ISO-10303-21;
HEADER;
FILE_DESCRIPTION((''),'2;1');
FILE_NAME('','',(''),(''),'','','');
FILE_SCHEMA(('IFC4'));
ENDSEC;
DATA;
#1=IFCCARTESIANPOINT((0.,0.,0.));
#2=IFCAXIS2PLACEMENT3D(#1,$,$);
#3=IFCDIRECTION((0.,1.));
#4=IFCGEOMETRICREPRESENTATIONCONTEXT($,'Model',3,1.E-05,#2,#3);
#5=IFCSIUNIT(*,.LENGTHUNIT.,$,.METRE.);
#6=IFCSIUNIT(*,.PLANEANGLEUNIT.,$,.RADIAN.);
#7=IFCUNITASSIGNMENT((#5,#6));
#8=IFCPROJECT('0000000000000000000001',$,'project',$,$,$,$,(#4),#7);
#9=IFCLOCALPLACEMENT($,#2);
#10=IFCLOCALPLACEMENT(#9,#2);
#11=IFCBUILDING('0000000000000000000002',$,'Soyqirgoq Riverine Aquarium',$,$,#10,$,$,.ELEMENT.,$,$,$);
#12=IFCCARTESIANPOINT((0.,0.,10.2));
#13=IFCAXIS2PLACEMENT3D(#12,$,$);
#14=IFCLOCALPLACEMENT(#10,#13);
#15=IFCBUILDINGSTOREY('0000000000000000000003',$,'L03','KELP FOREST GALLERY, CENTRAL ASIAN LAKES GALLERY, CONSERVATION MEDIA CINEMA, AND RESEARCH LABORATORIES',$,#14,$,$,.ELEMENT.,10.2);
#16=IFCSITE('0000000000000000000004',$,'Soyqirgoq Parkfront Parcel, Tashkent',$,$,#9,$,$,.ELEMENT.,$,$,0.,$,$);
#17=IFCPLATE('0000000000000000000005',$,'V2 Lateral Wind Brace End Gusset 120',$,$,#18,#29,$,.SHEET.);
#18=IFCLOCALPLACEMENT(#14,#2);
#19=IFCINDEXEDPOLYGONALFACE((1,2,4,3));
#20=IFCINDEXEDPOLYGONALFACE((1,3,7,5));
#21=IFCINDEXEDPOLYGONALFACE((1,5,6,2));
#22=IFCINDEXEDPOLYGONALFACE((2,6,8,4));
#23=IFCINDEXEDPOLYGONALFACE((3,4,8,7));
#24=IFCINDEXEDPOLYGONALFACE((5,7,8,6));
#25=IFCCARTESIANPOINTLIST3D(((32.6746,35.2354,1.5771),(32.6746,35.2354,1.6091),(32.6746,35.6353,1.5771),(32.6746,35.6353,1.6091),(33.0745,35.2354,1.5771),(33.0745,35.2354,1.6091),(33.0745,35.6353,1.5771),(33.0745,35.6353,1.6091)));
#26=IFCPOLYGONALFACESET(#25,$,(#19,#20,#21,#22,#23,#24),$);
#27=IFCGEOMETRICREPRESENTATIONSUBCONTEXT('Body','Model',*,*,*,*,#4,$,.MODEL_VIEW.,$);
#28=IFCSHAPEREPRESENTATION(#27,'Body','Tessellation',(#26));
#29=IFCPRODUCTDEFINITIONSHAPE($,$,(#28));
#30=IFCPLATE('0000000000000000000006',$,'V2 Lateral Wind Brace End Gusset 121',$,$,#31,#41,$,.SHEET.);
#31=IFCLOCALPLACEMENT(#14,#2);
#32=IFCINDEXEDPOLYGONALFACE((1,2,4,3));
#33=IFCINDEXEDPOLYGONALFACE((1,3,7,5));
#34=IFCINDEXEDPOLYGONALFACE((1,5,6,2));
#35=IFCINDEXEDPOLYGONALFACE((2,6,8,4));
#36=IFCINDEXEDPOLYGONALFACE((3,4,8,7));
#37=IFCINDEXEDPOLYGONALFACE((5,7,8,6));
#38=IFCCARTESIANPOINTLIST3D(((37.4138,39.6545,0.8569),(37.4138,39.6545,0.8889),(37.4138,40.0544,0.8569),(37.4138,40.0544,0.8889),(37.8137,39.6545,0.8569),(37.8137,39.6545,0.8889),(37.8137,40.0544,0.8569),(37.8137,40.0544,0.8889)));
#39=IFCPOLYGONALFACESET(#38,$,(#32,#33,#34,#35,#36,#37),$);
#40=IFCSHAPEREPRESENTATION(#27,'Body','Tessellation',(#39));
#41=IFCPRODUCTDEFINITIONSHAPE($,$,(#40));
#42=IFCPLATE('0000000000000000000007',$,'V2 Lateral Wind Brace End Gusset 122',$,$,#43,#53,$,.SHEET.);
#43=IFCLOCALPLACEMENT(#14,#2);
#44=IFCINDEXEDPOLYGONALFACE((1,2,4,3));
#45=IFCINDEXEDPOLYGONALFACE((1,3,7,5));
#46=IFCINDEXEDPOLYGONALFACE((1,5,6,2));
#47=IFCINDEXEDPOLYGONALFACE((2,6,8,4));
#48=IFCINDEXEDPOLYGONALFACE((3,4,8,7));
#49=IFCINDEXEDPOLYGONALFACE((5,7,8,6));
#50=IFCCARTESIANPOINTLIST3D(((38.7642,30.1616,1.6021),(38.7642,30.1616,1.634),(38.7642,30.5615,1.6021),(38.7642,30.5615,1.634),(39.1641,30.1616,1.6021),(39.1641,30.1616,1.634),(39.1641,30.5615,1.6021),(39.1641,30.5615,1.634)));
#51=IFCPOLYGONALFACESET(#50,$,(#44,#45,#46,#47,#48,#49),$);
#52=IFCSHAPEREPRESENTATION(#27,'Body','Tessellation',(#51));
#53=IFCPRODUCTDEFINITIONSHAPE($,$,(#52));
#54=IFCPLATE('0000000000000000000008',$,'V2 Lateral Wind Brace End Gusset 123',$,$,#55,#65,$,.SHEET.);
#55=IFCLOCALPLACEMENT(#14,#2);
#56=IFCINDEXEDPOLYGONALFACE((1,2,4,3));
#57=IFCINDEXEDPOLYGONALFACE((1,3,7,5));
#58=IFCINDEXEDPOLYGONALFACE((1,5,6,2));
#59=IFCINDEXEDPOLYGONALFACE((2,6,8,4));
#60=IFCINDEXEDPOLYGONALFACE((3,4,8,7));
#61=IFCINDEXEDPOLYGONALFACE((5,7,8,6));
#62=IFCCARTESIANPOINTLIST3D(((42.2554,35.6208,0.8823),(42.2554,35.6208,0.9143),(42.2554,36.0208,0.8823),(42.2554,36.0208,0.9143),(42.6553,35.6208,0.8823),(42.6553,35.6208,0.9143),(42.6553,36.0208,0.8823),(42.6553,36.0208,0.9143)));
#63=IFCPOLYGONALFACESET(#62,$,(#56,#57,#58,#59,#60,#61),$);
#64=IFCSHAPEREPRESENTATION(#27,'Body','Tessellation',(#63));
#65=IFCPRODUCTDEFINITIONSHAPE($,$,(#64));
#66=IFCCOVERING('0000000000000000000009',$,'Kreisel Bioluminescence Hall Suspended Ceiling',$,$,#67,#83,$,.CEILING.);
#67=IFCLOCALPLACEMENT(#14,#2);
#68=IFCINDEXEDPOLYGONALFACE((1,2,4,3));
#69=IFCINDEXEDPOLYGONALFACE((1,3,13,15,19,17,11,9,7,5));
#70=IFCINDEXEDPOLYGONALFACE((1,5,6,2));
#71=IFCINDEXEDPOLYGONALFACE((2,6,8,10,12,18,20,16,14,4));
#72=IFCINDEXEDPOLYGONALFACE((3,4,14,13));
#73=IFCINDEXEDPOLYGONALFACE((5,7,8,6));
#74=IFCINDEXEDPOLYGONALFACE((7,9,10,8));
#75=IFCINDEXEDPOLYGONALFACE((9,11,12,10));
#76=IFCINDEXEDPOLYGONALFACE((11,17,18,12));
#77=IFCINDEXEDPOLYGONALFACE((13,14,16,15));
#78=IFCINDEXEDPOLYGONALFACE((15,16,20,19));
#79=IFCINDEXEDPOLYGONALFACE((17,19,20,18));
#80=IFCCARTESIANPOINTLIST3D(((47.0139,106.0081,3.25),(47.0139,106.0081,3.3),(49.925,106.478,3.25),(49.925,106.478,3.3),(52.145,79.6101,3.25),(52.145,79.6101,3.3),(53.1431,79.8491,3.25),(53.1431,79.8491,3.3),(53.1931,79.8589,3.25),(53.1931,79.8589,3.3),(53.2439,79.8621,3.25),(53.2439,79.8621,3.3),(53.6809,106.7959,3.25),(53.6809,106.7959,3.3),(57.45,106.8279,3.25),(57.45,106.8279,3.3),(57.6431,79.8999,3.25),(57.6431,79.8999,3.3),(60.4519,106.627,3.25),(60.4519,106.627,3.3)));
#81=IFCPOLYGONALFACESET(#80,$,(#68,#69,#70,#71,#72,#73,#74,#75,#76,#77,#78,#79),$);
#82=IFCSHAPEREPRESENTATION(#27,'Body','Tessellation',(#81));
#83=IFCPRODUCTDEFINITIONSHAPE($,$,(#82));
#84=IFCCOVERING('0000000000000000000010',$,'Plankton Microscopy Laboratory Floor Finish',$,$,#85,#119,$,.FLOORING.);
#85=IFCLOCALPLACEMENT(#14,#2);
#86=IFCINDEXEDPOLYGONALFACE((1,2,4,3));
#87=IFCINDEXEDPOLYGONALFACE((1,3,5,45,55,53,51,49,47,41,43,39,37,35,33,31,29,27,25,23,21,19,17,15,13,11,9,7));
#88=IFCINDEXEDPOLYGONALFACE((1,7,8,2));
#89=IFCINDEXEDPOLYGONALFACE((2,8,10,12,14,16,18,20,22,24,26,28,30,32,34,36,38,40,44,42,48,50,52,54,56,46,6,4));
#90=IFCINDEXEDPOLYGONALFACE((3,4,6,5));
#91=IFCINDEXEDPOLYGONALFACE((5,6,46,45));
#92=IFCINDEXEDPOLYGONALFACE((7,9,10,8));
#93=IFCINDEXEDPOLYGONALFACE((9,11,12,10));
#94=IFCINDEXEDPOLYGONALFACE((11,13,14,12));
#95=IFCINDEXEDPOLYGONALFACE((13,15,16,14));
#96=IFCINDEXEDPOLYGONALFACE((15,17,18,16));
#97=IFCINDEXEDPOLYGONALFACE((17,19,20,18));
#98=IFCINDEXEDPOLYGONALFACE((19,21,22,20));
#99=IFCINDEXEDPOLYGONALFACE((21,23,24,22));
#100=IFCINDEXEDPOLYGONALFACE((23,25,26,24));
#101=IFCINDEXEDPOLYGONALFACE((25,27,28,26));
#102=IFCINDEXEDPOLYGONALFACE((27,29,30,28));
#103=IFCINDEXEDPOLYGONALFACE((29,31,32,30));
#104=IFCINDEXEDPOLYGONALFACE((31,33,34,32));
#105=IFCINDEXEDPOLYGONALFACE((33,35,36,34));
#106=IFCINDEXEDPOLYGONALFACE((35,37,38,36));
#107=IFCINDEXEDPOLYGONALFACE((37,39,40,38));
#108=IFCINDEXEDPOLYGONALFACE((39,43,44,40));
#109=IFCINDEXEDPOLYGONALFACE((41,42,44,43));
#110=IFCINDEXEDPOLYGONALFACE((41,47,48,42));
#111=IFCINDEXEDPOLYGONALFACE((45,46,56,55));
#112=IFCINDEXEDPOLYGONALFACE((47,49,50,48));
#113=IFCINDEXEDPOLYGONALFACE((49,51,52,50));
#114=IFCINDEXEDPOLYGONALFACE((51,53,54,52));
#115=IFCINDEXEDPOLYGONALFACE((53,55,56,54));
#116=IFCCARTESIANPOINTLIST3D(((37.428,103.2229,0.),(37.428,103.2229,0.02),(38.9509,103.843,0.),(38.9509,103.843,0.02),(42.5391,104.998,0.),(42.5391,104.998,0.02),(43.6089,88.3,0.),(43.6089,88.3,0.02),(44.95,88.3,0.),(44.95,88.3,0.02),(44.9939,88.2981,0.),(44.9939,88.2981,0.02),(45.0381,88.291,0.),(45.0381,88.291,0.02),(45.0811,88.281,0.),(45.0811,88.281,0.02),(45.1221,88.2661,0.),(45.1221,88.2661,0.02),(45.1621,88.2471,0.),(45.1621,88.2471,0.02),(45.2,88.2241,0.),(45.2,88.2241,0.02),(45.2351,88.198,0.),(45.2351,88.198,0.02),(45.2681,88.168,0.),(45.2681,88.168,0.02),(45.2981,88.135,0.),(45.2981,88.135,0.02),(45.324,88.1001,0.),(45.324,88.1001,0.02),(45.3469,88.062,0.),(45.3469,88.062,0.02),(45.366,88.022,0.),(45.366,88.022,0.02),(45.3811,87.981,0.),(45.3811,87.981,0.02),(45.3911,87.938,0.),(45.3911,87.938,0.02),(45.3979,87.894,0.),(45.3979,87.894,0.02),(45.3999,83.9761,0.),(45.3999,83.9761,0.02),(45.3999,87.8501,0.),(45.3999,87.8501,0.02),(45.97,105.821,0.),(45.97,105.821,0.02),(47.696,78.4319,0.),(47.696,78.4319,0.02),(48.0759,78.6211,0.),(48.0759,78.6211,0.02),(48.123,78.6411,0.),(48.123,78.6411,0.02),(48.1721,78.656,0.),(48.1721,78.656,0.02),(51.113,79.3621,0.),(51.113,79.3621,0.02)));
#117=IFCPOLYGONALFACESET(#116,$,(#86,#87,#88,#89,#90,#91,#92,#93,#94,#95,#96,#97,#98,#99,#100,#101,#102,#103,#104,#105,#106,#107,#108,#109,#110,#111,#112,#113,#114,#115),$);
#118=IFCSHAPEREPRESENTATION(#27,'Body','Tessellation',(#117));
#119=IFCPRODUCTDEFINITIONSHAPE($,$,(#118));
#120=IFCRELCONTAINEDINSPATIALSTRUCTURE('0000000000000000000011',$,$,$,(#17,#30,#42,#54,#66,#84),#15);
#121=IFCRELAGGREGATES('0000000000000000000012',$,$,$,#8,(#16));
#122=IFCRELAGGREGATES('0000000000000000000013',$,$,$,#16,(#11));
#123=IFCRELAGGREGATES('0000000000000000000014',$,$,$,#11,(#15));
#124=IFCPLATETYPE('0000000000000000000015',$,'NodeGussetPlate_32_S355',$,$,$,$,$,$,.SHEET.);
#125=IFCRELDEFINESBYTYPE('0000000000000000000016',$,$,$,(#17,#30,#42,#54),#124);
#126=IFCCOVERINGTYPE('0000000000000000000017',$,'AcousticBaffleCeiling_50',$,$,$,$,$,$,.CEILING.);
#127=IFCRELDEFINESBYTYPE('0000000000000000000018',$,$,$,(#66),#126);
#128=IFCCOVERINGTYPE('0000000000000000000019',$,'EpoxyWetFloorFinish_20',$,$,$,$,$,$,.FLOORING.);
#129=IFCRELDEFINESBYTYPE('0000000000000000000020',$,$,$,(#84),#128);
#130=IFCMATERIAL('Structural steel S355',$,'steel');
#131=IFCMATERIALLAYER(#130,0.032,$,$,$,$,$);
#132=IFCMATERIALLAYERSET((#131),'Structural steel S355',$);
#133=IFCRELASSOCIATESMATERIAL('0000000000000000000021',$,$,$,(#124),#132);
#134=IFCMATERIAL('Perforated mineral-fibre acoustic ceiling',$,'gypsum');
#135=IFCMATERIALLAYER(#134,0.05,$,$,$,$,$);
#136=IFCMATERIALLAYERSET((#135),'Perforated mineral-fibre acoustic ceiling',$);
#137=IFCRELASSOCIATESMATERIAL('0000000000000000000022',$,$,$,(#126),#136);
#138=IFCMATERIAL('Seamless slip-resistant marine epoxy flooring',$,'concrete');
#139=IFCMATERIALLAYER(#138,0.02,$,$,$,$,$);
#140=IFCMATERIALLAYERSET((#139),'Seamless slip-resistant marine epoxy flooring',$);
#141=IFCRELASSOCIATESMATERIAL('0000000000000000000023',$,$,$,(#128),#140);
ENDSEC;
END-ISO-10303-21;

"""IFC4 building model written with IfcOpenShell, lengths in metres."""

from ifc_helpers import new_model, si_unit, direction, frame, origin, origin_2d, place, context, subcontext, project, spatial, polyline, rectangle, outline, extrude, material, layer, layer_set, type_object, element, save


model = new_model("IFC4")

# Units and contexts
model_context = context("Model", 3, precision=1e-05, world=origin(), true_north=direction((0.0, 1.0)))
body_context = subcontext(model_context, "Body", "Model", "MODEL_VIEW")
ifc_project = project(units=[si_unit("LENGTHUNIT", "METRE"), si_unit("PLANEANGLEUNIT", "RADIAN")], contexts=[model_context])

# Site, building, storey
site_placement = place(None, origin())
site = spatial("IfcSite", under=ifc_project, at=site_placement, Name="Soyqirgoq Parkfront Parcel, Tashkent", CompositionType="ELEMENT", RefElevation=0.0)
building_placement = place(site_placement, origin())
building = spatial("IfcBuilding", under=site, at=building_placement, Name="Soyqirgoq Riverine Aquarium", CompositionType="ELEMENT")
storey_placement = place(building_placement, frame((0.0, 0.0, 10.2)))
storey = spatial("IfcBuildingStorey", under=building, at=storey_placement, Name="L03", Description="KELP FOREST GALLERY, CENTRAL ASIAN LAKES GALLERY, CONSERVATION MEDIA CINEMA, AND RESEARCH LABORATORIES", CompositionType="ELEMENT", Elevation=10.2)

# Plates
ifc_material_1 = material(Name="Structural steel S355", Category="steel")
ifc_layer_1 = layer(ifc_material_1, 0.032)
ifc_layer_set_1 = layer_set([ifc_layer_1], Name="Structural steel S355")
plate_type = type_object("IfcPlateType", Name="NodeGussetPlate_32_S355", PredefinedType="SHEET", material=ifc_layer_set_1)
for number, where, z_axis, x_axis, name in (
    (1, (32.8745, 35.4353, 1.5771), (0.0, 0.0, 1.0), (1.0, 0.0, 0.0), "V2 Lateral Wind Brace End Gusset 120"),
    (2, (37.6138, 39.8545, 0.8569), (0.0, 0.0, 1.0), (1.0, 0.0, 0.0), "V2 Lateral Wind Brace End Gusset 121"),
    (3, (38.9641, 30.3616, 1.6021), (0.0, 0.0, 1.0), (1.0, 0.0, 0.0), "V2 Lateral Wind Brace End Gusset 122"),
    (4, (42.4553, 35.8208, 0.8823), (0.0, 0.0, 1.0), (1.0, 0.0, 0.0), "V2 Lateral Wind Brace End Gusset 123"),
):
    element("IfcPlate", number, at=place(storey_placement, frame(where, z_axis=z_axis, x_axis=x_axis)), inside=storey, type_object=plate_type, Name=name, PredefinedType="SHEET", context=body_context, shape_type="SweptSolid", body=[
        extrude(rectangle(XDim=0.3999, YDim=0.3999, at=origin_2d()), origin(), (0.0, 0.0, 1.0), 0.032),
    ])

# Coverings
ifc_material_2 = material(Name="Perforated mineral-fibre acoustic ceiling", Category="gypsum")
ifc_layer_2 = layer(ifc_material_2, 0.05)
ifc_layer_set_2 = layer_set([ifc_layer_2], Name="Perforated mineral-fibre acoustic ceiling")
covering_type_1 = type_object("IfcCoveringType", Name="AcousticBaffleCeiling_50", PredefinedType="CEILING", material=ifc_layer_set_2)
covering_1_placement = place(storey_placement, frame((0.0, 0.0, 3.25)))
element("IfcCovering", 5, at=covering_1_placement, inside=storey, type_object=covering_type_1, Name="Kreisel Bioluminescence Hall Suspended Ceiling", PredefinedType="CEILING", context=body_context, shape_type="SweptSolid", body=[
    extrude(outline(polyline([(49.925, 106.478), (53.6809, 106.7959), (57.45, 106.8279), (60.4519, 106.627), (57.6431, 79.8999), (53.2439, 79.8621), (53.1931, 79.8589), (53.1431, 79.8491), (52.145, 79.6101), (47.0139, 106.0081), (49.925, 106.478)])), origin(), (0.0, 0.0, 1.0), 0.05),
])
ifc_material_3 = material(Name="Seamless slip-resistant marine epoxy flooring", Category="concrete")
ifc_layer_3 = layer(ifc_material_3, 0.02)
ifc_layer_set_3 = layer_set([ifc_layer_3], Name="Seamless slip-resistant marine epoxy flooring")
covering_type_2 = type_object("IfcCoveringType", Name="EpoxyWetFloorFinish_20", PredefinedType="FLOORING", material=ifc_layer_set_3)
covering_2_placement = place(storey_placement, origin())
element("IfcCovering", 6, at=covering_2_placement, inside=storey, type_object=covering_type_2, Name="Plankton Microscopy Laboratory Floor Finish", PredefinedType="FLOORING", context=body_context, shape_type="SweptSolid", body=[
    extrude(outline(polyline([(38.9509, 103.843), (42.5391, 104.998), (45.97, 105.821), (51.113, 79.3621), (48.1721, 78.656), (48.123, 78.6411), (48.0759, 78.6211), (47.696, 78.4319), (45.3999, 83.9761), (45.3999, 87.8501), (45.3979, 87.894), (45.3911, 87.938), (45.3811, 87.981), (45.366, 88.022), (45.3469, 88.062), (45.324, 88.1001), (45.2981, 88.135), (45.2681, 88.168), (45.2351, 88.198), (45.2, 88.2241), (45.1621, 88.2471), (45.1221, 88.2661), (45.0811, 88.281), (45.0381, 88.291), (44.9939, 88.2981), (44.95, 88.3), (43.6089, 88.3), (37.428, 103.2229), (38.9509, 103.843)])), origin(), (0.0, 0.0, 1.0), 0.02),
])

save(model, "model.ifc")
